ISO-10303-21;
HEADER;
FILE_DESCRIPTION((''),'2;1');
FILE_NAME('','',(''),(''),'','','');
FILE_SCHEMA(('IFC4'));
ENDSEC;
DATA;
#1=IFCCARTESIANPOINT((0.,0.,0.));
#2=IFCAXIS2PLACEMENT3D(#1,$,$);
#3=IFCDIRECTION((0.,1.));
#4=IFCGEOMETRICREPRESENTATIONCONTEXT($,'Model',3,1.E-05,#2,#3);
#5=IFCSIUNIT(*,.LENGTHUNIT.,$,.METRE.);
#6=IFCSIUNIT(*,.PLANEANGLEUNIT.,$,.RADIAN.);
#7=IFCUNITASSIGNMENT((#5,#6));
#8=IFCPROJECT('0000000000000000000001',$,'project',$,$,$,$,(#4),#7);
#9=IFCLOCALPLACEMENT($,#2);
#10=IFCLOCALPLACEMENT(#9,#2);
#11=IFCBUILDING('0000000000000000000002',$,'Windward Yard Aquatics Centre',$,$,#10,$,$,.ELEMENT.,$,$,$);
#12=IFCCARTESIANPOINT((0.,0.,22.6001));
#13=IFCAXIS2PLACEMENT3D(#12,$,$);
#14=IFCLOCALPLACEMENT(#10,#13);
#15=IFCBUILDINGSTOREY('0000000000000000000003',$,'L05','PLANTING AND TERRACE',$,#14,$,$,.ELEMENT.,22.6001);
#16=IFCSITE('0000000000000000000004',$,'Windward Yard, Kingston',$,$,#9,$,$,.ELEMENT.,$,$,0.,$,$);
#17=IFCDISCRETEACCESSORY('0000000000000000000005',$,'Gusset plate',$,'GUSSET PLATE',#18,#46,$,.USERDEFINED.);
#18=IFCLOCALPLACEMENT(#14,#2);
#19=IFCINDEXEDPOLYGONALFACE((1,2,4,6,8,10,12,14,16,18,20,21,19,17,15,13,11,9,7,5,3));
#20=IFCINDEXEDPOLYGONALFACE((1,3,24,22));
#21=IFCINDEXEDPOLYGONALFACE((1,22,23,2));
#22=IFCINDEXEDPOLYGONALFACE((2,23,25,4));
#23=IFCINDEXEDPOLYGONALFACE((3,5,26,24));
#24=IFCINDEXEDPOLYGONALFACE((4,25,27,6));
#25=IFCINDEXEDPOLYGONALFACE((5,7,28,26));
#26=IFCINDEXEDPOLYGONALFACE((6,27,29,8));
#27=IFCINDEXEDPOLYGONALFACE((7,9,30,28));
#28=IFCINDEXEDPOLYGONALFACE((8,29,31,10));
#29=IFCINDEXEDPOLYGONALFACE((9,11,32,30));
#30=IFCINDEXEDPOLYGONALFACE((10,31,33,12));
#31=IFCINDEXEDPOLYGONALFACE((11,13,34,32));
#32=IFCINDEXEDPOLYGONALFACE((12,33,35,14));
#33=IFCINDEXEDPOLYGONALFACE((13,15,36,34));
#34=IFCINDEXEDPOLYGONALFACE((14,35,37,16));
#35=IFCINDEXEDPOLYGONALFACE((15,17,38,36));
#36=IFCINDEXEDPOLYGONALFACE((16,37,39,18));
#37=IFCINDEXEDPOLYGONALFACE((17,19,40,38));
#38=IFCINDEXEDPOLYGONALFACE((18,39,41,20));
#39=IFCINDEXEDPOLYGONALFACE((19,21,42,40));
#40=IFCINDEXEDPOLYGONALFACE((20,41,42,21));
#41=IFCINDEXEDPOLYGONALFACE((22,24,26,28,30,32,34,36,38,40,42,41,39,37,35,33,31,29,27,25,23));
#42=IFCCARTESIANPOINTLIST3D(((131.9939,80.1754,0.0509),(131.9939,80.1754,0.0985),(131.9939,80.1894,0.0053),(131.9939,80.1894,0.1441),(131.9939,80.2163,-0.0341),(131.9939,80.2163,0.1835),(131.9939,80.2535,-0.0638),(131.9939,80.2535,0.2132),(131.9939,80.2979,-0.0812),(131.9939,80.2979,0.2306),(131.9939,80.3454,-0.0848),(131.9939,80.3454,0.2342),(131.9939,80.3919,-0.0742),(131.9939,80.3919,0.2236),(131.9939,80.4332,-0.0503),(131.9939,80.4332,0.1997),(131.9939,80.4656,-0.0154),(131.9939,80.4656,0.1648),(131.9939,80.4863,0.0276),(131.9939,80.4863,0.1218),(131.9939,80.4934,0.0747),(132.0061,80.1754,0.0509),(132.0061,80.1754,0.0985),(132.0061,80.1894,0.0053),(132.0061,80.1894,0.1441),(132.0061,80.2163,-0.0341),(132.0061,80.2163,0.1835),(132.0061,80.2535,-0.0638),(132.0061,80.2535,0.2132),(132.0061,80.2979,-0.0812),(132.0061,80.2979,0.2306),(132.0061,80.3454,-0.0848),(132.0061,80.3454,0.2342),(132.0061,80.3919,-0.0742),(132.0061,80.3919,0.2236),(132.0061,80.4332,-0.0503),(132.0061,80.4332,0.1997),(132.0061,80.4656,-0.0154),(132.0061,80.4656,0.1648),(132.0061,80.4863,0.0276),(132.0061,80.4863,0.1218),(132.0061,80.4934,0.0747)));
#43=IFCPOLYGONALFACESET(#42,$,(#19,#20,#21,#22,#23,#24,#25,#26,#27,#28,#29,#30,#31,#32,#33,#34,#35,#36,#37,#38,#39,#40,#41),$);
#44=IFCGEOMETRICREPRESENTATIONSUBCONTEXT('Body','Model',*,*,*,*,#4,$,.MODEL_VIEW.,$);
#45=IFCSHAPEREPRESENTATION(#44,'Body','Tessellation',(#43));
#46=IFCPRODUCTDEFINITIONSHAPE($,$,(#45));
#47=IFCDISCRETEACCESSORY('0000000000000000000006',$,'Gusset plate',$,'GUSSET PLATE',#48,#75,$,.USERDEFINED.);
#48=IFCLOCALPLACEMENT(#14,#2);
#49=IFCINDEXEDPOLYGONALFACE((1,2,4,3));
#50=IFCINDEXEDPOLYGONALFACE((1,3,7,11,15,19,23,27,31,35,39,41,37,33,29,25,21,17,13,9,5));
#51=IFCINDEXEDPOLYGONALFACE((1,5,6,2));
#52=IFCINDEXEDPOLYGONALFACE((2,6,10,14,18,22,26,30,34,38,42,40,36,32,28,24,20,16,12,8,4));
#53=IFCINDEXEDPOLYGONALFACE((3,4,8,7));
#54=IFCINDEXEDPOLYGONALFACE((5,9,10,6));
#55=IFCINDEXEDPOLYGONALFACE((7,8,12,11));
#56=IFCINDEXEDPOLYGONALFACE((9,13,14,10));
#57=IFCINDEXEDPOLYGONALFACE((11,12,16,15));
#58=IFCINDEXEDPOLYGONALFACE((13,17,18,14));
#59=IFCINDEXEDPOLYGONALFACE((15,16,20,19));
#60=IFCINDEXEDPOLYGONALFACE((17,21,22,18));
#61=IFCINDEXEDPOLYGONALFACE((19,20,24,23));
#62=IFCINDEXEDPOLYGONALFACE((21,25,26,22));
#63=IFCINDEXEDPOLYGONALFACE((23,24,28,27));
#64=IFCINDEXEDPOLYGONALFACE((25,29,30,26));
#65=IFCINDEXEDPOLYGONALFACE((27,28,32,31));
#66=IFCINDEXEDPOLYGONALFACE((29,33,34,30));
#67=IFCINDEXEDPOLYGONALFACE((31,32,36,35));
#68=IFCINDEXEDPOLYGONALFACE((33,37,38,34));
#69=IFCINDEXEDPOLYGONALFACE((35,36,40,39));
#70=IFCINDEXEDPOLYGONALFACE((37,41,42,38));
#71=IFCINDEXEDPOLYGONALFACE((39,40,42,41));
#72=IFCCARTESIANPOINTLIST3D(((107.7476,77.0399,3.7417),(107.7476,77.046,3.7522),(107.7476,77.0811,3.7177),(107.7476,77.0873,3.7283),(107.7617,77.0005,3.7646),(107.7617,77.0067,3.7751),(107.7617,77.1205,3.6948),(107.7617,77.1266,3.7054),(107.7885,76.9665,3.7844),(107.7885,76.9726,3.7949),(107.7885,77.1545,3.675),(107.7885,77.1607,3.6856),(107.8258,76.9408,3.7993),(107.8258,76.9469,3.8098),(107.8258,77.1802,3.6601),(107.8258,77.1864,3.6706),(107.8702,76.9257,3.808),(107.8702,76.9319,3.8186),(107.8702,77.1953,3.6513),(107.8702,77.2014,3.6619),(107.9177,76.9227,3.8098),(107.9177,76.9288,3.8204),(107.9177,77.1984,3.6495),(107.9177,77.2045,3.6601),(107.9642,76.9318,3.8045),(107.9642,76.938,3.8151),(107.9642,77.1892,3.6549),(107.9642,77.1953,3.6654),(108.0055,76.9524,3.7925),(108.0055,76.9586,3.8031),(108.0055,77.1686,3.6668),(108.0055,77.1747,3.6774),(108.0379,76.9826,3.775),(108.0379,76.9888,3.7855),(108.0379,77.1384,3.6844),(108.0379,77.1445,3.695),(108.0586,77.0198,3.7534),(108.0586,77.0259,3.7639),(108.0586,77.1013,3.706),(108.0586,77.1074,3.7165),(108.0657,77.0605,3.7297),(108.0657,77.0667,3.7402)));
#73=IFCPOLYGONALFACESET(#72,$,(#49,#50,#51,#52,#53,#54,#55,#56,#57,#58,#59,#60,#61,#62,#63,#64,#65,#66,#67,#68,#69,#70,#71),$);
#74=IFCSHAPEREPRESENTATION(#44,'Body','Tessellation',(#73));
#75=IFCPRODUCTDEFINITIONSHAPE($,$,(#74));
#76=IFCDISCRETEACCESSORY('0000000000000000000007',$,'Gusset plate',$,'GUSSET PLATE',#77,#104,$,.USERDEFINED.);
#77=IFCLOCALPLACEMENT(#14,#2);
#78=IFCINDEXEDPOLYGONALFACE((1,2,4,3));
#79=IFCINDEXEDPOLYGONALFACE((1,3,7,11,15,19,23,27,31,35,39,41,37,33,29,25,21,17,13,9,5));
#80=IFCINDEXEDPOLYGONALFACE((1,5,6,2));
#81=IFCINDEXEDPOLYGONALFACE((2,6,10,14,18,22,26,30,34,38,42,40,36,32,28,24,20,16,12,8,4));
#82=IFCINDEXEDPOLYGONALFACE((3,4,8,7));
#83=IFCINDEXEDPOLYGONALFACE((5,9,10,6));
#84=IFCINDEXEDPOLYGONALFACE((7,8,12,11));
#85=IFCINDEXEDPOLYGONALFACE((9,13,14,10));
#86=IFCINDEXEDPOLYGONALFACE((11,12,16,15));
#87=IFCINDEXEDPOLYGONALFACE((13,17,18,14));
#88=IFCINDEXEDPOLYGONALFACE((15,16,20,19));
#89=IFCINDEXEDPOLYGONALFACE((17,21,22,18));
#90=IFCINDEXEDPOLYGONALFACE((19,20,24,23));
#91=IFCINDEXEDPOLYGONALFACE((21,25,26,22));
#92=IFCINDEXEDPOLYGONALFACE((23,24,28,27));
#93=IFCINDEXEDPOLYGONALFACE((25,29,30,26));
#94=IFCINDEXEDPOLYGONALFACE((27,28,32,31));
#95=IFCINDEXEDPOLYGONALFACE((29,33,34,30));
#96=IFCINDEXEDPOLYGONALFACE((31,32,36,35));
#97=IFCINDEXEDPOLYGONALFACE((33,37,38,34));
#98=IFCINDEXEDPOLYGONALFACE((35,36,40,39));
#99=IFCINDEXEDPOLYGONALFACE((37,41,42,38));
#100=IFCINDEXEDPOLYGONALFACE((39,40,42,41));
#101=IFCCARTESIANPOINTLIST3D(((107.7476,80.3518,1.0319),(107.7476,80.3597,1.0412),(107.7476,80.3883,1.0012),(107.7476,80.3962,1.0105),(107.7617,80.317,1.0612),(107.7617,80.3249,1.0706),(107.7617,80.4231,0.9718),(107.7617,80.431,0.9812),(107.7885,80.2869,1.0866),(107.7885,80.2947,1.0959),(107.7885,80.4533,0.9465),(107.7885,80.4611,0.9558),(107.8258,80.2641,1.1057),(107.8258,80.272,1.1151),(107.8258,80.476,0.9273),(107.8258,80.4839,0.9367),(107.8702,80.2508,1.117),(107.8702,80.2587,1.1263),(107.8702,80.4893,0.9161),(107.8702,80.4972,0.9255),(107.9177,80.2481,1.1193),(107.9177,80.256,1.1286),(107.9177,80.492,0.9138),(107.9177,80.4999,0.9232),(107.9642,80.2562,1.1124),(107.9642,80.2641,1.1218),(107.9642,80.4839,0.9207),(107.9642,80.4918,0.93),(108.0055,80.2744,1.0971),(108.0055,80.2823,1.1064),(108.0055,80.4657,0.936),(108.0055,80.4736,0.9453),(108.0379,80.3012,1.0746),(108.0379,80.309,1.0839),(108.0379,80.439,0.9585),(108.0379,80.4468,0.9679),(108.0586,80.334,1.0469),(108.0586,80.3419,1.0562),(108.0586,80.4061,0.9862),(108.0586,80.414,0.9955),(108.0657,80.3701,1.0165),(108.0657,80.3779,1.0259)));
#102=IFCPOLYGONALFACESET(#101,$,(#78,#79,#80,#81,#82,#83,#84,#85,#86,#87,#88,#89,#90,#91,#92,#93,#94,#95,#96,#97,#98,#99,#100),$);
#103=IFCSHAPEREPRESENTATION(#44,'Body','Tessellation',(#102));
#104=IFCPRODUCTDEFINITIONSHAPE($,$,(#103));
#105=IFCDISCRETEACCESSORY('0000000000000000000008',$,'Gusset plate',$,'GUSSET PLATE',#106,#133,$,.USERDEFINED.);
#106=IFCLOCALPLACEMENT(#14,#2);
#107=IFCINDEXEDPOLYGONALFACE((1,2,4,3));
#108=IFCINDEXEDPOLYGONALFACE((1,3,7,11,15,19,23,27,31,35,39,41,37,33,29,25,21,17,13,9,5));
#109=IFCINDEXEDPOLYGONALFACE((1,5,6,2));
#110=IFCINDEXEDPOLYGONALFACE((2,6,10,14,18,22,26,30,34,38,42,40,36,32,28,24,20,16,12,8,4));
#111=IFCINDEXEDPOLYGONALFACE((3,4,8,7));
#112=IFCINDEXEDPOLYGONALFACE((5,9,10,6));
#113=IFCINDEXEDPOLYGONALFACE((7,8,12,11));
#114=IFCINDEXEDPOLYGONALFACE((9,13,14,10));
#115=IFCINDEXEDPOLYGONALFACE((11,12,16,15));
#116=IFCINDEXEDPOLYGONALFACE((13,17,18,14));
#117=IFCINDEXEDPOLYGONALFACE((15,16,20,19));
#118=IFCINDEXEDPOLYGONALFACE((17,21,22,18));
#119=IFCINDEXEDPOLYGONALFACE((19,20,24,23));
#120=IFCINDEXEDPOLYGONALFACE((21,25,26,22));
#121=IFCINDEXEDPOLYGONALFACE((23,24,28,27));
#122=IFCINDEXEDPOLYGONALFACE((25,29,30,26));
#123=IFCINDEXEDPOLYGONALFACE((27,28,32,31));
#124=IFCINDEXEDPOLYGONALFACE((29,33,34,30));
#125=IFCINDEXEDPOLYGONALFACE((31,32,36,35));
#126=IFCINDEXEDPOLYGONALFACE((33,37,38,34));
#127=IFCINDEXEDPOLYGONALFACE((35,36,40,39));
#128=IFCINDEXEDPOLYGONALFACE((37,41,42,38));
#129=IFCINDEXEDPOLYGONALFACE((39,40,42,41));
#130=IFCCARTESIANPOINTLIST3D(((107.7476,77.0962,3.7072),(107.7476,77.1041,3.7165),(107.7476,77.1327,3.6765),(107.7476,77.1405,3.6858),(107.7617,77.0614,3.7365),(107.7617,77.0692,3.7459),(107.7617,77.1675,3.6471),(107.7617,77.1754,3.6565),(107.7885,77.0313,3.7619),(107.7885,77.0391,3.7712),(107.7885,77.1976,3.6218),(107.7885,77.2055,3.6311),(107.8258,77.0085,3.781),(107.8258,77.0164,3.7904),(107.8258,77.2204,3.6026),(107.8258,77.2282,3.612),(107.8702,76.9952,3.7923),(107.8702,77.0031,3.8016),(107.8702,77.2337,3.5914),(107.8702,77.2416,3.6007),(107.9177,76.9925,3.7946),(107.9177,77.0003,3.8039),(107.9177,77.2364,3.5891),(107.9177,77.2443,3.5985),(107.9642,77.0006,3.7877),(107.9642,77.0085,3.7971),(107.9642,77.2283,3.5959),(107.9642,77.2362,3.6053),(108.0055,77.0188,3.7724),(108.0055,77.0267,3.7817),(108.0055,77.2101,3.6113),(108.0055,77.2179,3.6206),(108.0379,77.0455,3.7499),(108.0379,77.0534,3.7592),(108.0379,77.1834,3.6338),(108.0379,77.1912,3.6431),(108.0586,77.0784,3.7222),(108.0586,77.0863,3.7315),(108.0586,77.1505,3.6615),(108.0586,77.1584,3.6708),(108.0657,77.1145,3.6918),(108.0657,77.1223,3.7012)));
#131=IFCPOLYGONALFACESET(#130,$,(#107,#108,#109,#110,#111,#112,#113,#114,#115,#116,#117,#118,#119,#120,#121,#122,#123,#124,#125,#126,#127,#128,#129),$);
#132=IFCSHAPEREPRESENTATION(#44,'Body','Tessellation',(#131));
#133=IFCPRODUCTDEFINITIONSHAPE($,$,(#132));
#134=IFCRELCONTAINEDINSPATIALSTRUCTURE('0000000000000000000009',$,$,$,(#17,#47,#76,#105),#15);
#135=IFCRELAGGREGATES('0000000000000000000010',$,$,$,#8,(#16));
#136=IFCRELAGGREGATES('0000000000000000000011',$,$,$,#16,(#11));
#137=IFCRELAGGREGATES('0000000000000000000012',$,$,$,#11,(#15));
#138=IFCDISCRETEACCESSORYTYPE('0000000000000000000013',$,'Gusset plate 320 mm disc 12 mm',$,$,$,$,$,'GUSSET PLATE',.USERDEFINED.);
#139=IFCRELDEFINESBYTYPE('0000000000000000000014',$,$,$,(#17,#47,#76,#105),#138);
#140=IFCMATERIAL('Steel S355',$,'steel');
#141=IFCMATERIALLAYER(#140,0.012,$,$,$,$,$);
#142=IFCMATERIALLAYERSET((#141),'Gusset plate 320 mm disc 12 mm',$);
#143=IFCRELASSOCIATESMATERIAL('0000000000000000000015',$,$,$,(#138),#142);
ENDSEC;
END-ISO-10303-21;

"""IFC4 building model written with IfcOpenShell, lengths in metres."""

from ifc_helpers import new_model, si_unit, direction, frame, origin, origin_2d, place, context, subcontext, project, spatial, circle, extrude, material, layer, layer_set, type_object, element, save


model = new_model("IFC4")

# Units and contexts
model_context = context("Model", 3, precision=1e-05, world=origin(), true_north=direction((0.0, 1.0)))
body_context = subcontext(model_context, "Body", "Model", "MODEL_VIEW")
ifc_project = project(units=[si_unit("LENGTHUNIT", "METRE"), si_unit("PLANEANGLEUNIT", "RADIAN")], contexts=[model_context])

# Site, building, storey
site_placement = place(None, origin())
site = spatial("IfcSite", under=ifc_project, at=site_placement, Name="Windward Yard, Kingston", CompositionType="ELEMENT", RefElevation=0.0)
building_placement = place(site_placement, origin())
building = spatial("IfcBuilding", under=site, at=building_placement, Name="Windward Yard Aquatics Centre", CompositionType="ELEMENT")
storey_placement = place(building_placement, frame((0.0, 0.0, 22.6001)))
storey = spatial("IfcBuildingStorey", under=building, at=storey_placement, Name="L05", Description="PLANTING AND TERRACE", CompositionType="ELEMENT", Elevation=22.6001)

# Discrete accessories
ifc_material_1 = material(Name="Steel S355", Category="steel")
ifc_layer = layer(ifc_material_1, 0.012)
ifc_layer_set = layer_set([ifc_layer], Name="Gusset plate 320 mm disc 12 mm")
discrete_accessory_type = type_object("IfcDiscreteAccessoryType", Name="Gusset plate 320 mm disc 12 mm", ElementType="GUSSET PLATE", PredefinedType="USERDEFINED", material=ifc_layer_set)
for number, where, z_axis, x_axis, name in (
    (1, (131.9939, 80.3335, 0.0747), (1.0, 0.0, 0.0), (0.0, 1.0, 0.0), "Gusset plate"),
    (2, (107.9058, 77.0667, 3.7402), (0.0, -0.50262, -0.864507), (1.0, 0.0, 0.0), "Gusset plate"),
    (3, (107.9058, 80.3779, 1.0259), (0.0, -0.644136, -0.764911), (1.0, 0.0, 0.0), "Gusset plate"),
    (4, (107.9058, 77.1223, 3.7012), (0.0, -0.644136, -0.764911), (1.0, 0.0, 0.0), "Gusset plate"),
):
    element("IfcDiscreteAccessory", number, at=place(storey_placement, frame(where, z_axis=z_axis, x_axis=x_axis)), inside=storey, type_object=discrete_accessory_type, Name=name, ObjectType="GUSSET PLATE", PredefinedType="USERDEFINED", context=body_context, shape_type="SweptSolid", body=[
        extrude(circle(Radius=0.1599, at=origin_2d()), origin(), (0.0, 0.0, 1.0), 0.0122),
    ])

save(model, "model.ifc")
